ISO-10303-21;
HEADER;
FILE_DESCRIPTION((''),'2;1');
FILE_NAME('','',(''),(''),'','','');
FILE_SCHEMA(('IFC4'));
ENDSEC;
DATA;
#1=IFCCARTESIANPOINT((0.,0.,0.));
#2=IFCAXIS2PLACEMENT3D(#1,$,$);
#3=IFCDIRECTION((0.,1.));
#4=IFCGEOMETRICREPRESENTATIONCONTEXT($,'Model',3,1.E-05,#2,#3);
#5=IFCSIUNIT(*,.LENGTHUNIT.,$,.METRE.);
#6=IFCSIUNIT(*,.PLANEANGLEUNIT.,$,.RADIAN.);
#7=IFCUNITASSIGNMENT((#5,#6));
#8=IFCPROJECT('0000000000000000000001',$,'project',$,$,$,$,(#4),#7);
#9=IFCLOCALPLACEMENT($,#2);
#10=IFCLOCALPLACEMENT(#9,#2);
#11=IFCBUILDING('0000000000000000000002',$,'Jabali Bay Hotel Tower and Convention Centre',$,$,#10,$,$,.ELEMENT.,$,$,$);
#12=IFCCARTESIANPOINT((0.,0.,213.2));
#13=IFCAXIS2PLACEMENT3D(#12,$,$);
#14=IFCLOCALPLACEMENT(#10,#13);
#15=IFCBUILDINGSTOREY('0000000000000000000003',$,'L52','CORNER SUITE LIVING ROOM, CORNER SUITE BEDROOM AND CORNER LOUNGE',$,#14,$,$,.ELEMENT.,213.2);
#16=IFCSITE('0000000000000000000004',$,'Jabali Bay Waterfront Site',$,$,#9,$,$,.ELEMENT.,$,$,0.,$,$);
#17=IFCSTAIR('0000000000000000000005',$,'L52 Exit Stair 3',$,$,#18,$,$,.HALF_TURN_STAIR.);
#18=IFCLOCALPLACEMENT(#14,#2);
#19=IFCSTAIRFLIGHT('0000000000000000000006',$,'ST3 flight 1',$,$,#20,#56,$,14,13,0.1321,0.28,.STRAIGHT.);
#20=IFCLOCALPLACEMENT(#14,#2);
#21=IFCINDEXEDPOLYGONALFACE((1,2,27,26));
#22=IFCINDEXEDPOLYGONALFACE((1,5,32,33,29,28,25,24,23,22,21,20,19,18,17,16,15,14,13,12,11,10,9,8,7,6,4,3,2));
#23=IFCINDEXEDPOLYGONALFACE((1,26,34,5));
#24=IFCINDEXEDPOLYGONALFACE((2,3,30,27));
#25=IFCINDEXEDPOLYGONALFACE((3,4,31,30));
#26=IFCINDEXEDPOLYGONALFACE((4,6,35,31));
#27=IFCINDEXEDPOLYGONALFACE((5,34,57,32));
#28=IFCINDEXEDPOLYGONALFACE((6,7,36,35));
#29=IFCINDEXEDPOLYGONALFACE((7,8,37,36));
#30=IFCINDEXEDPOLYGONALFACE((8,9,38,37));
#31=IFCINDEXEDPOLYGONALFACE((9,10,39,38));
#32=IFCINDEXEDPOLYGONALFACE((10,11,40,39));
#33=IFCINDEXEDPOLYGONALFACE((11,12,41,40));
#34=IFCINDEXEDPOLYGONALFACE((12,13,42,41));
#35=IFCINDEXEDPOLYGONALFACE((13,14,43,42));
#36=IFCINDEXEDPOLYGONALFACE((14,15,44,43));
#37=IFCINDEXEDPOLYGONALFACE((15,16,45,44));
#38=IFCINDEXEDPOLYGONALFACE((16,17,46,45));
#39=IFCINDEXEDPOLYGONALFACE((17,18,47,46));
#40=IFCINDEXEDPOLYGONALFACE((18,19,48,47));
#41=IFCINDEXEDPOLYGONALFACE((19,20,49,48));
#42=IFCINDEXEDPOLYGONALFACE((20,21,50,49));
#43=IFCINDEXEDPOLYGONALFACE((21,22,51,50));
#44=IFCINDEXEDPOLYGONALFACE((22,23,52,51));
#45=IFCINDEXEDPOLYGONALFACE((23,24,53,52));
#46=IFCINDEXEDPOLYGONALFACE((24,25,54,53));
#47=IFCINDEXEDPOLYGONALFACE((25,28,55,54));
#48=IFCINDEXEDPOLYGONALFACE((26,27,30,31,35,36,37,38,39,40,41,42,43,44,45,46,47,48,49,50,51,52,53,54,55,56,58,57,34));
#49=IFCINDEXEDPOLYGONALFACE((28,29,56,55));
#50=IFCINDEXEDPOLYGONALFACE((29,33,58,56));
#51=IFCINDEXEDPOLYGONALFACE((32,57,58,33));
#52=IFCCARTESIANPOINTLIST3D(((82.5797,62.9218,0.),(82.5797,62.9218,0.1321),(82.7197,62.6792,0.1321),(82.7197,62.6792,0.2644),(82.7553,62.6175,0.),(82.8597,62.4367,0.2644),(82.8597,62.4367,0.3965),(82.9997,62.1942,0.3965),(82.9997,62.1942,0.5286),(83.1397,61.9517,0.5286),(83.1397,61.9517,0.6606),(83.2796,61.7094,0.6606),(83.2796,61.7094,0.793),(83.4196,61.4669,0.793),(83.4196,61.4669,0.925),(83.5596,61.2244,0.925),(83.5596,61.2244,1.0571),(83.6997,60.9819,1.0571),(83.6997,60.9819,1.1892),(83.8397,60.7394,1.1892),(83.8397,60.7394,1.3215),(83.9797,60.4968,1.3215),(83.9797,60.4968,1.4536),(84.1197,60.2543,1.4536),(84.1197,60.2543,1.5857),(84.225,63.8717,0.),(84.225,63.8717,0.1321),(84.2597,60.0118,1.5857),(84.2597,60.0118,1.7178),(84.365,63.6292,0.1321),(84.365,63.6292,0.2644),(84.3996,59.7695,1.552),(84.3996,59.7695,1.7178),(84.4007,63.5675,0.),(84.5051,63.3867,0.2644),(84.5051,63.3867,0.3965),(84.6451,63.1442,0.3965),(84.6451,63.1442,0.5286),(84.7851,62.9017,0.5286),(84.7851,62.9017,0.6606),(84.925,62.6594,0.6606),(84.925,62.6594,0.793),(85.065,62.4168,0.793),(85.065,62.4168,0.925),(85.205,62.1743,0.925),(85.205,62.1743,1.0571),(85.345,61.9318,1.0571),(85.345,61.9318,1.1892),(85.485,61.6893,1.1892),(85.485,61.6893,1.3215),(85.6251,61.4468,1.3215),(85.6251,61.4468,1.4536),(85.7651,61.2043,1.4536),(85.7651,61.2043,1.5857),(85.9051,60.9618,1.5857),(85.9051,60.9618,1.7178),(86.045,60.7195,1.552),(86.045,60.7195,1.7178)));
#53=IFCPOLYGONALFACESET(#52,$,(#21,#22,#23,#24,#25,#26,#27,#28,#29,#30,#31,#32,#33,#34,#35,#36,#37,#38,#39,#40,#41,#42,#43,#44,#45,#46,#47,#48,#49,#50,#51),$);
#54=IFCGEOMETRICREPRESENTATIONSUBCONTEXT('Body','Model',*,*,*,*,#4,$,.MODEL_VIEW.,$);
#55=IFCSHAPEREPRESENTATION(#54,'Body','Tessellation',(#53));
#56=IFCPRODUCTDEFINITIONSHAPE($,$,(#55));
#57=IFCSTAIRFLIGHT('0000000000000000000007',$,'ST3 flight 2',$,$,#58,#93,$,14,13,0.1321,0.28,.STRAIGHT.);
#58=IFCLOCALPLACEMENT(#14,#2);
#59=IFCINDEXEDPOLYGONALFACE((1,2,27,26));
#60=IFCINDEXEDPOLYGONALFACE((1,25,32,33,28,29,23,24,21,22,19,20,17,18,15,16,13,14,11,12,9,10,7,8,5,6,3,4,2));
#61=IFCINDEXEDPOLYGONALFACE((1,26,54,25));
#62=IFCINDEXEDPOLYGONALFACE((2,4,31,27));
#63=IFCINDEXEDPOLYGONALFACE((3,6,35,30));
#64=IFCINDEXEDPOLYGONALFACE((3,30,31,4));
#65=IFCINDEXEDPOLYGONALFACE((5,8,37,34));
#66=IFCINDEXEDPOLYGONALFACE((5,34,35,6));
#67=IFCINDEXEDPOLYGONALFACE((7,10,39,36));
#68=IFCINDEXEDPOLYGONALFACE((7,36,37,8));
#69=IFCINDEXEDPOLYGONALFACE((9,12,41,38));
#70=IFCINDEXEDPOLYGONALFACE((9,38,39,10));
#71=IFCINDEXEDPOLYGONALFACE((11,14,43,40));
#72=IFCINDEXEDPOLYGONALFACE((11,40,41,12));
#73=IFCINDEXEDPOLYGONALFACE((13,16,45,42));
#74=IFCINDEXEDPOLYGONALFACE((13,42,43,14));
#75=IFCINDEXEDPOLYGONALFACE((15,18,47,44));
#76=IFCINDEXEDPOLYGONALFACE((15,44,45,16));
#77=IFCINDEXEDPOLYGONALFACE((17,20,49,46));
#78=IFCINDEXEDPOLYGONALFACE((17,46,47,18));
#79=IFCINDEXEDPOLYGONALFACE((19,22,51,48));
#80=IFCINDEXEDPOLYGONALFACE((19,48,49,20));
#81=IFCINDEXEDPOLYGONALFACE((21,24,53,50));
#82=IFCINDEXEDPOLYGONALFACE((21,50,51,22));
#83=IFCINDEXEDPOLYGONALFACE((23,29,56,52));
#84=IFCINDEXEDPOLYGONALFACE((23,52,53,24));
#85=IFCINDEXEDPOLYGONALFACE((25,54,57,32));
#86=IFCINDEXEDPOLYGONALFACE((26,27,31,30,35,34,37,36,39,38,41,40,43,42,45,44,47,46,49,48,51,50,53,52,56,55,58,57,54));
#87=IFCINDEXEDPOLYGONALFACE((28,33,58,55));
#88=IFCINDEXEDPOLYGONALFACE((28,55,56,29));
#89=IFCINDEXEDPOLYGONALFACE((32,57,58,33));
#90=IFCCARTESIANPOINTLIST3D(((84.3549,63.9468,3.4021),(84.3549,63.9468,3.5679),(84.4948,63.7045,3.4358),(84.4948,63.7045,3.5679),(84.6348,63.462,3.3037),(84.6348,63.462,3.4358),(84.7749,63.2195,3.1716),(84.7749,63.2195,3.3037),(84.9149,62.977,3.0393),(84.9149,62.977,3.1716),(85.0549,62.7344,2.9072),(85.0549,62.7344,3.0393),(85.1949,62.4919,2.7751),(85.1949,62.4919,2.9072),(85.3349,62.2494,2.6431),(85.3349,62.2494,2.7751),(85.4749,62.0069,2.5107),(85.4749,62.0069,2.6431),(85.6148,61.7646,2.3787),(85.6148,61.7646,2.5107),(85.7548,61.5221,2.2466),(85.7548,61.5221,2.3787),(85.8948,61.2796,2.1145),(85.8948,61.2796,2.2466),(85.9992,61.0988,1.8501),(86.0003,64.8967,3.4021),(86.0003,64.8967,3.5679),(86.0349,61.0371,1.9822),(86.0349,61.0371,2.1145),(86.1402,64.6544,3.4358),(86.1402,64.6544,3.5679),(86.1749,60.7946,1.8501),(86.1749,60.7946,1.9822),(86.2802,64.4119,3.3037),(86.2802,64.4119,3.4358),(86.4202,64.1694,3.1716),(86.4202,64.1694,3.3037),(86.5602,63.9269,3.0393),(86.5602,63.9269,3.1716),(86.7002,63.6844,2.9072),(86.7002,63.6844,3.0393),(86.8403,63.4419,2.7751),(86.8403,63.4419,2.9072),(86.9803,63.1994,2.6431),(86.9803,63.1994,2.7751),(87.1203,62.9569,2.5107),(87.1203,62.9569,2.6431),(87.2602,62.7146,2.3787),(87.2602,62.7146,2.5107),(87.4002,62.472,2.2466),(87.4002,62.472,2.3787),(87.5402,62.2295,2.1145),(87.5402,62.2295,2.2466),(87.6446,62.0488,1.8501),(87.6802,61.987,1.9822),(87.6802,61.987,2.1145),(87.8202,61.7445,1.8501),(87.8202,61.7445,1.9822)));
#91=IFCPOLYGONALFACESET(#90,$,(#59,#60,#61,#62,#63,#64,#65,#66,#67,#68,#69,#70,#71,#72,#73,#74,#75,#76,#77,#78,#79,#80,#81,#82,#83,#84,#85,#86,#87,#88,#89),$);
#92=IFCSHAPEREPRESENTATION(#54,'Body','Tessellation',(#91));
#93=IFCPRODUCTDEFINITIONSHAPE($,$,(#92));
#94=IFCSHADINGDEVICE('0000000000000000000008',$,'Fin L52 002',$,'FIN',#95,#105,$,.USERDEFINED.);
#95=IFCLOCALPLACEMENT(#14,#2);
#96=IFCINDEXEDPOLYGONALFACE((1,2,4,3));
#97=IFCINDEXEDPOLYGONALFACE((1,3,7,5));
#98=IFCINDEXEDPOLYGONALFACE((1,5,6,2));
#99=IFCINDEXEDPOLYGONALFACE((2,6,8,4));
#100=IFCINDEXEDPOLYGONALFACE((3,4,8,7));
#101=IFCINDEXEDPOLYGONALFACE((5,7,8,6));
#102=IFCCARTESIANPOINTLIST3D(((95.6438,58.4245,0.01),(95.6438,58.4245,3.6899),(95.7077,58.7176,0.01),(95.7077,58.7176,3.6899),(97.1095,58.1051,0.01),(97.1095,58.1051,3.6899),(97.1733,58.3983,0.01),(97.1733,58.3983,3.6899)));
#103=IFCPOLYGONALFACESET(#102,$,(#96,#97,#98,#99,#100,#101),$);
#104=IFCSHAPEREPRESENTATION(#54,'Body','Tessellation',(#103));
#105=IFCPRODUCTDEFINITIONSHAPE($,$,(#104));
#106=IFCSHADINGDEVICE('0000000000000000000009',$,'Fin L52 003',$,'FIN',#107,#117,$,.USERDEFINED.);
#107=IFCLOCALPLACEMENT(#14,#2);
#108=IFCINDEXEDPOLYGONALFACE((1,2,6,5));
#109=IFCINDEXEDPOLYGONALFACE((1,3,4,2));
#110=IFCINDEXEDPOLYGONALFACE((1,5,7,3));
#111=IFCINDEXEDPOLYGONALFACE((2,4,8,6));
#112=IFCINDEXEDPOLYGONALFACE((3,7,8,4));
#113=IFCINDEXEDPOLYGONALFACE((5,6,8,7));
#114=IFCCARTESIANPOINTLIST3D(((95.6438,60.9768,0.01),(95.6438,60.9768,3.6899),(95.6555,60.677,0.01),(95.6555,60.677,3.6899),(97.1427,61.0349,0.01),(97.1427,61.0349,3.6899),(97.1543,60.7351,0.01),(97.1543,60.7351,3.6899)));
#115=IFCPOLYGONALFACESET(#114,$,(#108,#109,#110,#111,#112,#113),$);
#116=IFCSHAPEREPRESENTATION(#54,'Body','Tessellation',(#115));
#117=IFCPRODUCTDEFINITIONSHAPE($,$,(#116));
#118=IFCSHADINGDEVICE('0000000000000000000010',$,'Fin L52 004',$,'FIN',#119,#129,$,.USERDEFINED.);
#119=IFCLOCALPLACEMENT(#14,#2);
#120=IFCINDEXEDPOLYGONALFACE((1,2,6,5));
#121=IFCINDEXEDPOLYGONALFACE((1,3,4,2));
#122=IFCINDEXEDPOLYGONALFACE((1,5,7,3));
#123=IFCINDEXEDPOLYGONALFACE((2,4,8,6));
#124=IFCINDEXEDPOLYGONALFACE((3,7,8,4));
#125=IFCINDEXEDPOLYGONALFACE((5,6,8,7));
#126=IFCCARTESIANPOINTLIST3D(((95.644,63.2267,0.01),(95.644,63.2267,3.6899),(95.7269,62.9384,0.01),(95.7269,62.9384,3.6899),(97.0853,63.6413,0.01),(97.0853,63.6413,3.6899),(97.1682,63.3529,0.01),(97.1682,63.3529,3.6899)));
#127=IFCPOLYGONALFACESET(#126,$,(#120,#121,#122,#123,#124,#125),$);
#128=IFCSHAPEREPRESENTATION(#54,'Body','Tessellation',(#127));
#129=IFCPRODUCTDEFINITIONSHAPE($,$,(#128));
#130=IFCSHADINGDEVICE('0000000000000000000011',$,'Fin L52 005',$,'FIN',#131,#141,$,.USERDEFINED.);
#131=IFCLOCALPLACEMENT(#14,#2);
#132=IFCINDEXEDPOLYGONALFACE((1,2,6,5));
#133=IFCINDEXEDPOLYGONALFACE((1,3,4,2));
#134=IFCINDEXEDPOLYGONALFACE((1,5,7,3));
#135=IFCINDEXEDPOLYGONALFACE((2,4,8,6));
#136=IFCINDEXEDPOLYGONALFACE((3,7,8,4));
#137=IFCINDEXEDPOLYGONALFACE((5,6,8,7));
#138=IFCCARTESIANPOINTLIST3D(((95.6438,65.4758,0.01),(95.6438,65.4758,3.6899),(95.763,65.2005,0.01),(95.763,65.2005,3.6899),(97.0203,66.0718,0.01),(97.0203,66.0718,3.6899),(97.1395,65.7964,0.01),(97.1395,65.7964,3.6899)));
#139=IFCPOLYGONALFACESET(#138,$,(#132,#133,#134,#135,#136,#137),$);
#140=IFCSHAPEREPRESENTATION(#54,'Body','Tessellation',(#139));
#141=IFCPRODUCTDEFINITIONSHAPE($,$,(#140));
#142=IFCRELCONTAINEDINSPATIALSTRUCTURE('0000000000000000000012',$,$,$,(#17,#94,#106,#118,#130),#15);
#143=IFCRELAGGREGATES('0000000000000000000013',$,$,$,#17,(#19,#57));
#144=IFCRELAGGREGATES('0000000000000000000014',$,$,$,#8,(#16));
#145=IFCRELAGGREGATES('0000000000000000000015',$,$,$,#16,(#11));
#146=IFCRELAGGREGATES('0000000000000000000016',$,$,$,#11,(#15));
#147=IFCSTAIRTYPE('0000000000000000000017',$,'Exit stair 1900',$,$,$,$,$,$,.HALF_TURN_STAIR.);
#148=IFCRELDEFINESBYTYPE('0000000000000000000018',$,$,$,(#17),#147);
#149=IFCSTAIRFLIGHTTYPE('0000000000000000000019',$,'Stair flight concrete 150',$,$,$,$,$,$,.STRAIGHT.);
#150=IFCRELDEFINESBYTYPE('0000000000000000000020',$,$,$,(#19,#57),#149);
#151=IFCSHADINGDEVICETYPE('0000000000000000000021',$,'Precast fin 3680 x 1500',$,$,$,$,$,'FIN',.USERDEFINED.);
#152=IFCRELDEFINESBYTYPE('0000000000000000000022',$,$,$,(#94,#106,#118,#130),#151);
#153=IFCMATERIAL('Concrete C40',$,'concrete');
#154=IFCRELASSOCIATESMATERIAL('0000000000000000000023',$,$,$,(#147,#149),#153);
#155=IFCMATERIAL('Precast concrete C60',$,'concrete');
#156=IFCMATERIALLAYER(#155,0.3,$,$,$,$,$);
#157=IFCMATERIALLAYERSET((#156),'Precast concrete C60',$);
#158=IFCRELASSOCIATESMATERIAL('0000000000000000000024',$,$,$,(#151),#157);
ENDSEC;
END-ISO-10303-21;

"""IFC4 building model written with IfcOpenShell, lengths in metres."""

from ifc_helpers import new_model, si_unit, direction, frame, frame_2d, origin, place, context, subcontext, project, spatial, polyline, rectangle, outline, extrude, material, layer, layer_set, type_object, element, aggregate, save


model = new_model("IFC4")

# Units and contexts
model_context = context("Model", 3, precision=1e-05, world=origin(), true_north=direction((0.0, 1.0)))
body_context = subcontext(model_context, "Body", "Model", "MODEL_VIEW")
ifc_project = project(units=[si_unit("LENGTHUNIT", "METRE"), si_unit("PLANEANGLEUNIT", "RADIAN")], contexts=[model_context])

# Site, building, storey
site_placement = place(None, origin())
site = spatial("IfcSite", under=ifc_project, at=site_placement, Name="Jabali Bay Waterfront Site", CompositionType="ELEMENT", RefElevation=0.0)
building_placement = place(site_placement, origin())
building = spatial("IfcBuilding", under=site, at=building_placement, Name="Jabali Bay Hotel Tower and Convention Centre", CompositionType="ELEMENT")
storey_placement = place(building_placement, frame((0.0, 0.0, 213.2)))
storey = spatial("IfcBuildingStorey", under=building, at=storey_placement, Name="L52", Description="CORNER SUITE LIVING ROOM, CORNER SUITE BEDROOM AND CORNER LOUNGE", CompositionType="ELEMENT", Elevation=213.2)

# Shared definitions
ifc_material_1 = material(Name="Concrete C40", Category="concrete")

# Stair, stair flights
stair_type = type_object("IfcStairType", Name="Exit stair 1900", PredefinedType="HALF_TURN_STAIR", material=ifc_material_1)
stair_placement = place(storey_placement, origin())
stair = element("IfcStair", 1, at=stair_placement, inside=storey, type_object=stair_type, Name="L52 Exit Stair 3", PredefinedType="HALF_TURN_STAIR")
stair_flight_type = type_object("IfcStairFlightType", Name="Stair flight concrete 150", PredefinedType="STRAIGHT", material=ifc_material_1)
stair_flight_1_placement = place(storey_placement, frame((83.4023, 63.3967, 0.0), z_axis=(0.0, 0.0, 1.0), x_axis=(0.5, -0.866025, 0.0)))
stair_flight_1 = element("IfcStairFlight", 2, at=stair_flight_1_placement, type_object=stair_flight_type, Name="ST3 flight 1", NumberOfRisers=14, NumberOfTreads=13, PredefinedType="STRAIGHT", RiserHeight=0.1321, TreadLength=0.28, context=body_context, shape_type="SweptSolid", body=[
    extrude(outline(polyline([(0.0, 0.0), (0.0, 0.1321), (0.28, 0.1321), (0.28, 0.2644), (0.5601, 0.2644), (0.5601, 0.3965), (0.8401, 0.3965), (0.8401, 0.5286), (1.1201, 0.5286), (1.1201, 0.6606), (1.3999, 0.6606), (1.3999, 0.793), (1.6799, 0.793), (1.6799, 0.925), (1.96, 0.925), (1.96, 1.0571), (2.24, 1.0571), (2.24, 1.1892), (2.52, 1.1892), (2.52, 1.3215), (2.8, 1.3215), (2.8, 1.4536), (3.0801, 1.4536), (3.0801, 1.5857), (3.3601, 1.5857), (3.3601, 1.7178), (3.6399, 1.7178), (3.6399, 1.8501), (3.6399, 1.552), (0.3513, 0.0), (0.0, 0.0)])), frame((0.0, 0.95, 0.0), z_axis=(0.0, -1.0, 0.0), x_axis=(1.0, 0.0, 0.0)), (0.0, 0.0, 1.0), 1.8999),
])
stair_flight_2_placement = place(storey_placement, frame((86.9976, 61.2695, 1.8501), z_axis=(0.0, 0.0, 1.0), x_axis=(-0.5, 0.866025, 0.0)))
stair_flight_2 = element("IfcStairFlight", 3, at=stair_flight_2_placement, type_object=stair_flight_type, Name="ST3 flight 2", NumberOfRisers=14, NumberOfTreads=13, PredefinedType="STRAIGHT", RiserHeight=0.1321, TreadLength=0.28, context=body_context, shape_type="SweptSolid", body=[
    extrude(outline(polyline([(0.0, 0.0), (0.0, 0.1321), (0.28, 0.1321), (0.28, 0.2644), (0.5601, 0.2644), (0.5601, 0.3965), (0.8401, 0.3965), (0.8401, 0.5286), (1.1201, 0.5286), (1.1201, 0.6606), (1.3999, 0.6606), (1.3999, 0.793), (1.6799, 0.793), (1.6799, 0.925), (1.96, 0.925), (1.96, 1.0571), (2.24, 1.0571), (2.24, 1.1892), (2.52, 1.1892), (2.52, 1.3215), (2.8, 1.3215), (2.8, 1.4536), (3.0801, 1.4536), (3.0801, 1.5857), (3.3601, 1.5857), (3.3601, 1.7178), (3.6399, 1.7178), (3.6399, 1.8501), (3.6399, 1.552), (0.3513, 0.0), (0.0, 0.0)])), frame((0.0, 0.95, 0.0), z_axis=(0.0, -1.0, 0.0), x_axis=(1.0, 0.0, 0.0)), (0.0, 0.0, 1.0), 1.8999),
])
aggregate(stair, [stair_flight_1, stair_flight_2])

# Shading devices
ifc_material_2 = material(Name="Precast concrete C60", Category="concrete")
ifc_layer_1 = layer(ifc_material_2, 0.3)
ifc_layer_set_1 = layer_set([ifc_layer_1], Name="Precast concrete C60")
shading_device_type = type_object("IfcShadingDeviceType", Name="Precast fin 3680 x 1500", ElementType="FIN", PredefinedType="USERDEFINED", material=ifc_layer_set_1)
for number, where, z_axis, x_axis, name in (
    (4, (95.6758, 58.571, 0.01), (0.0, 0.0, 1.0), (0.977075, -0.212896, 0.0), "Fin L52 002"),
    (5, (95.6497, 60.8269, 0.01), (0.0, 0.0, 1.0), (0.999249, 0.038739, 0.0), "Fin L52 003"),
):
    element("IfcShadingDevice", number, at=place(storey_placement, frame(where, z_axis=z_axis, x_axis=x_axis)), inside=storey, type_object=shading_device_type, Name=name, ObjectType="FIN", PredefinedType="USERDEFINED", context=body_context, shape_type="SweptSolid", body=[
        extrude(rectangle(XDim=1.5, YDim=0.3, at=frame_2d((0.75, 0.0))), origin(), (0.0, 0.0, 1.0), 3.6799),
    ])
shading_device_1_placement = place(storey_placement, frame((95.6853, 63.0825, 0.01), z_axis=(0.0, 0.0, 1.0), x_axis=(0.961043, 0.276398, 0.0)))
element("IfcShadingDevice", 6, at=shading_device_1_placement, inside=storey, type_object=shading_device_type, Name="Fin L52 004", ObjectType="FIN", PredefinedType="USERDEFINED", context=body_context, shape_type="SweptSolid", body=[
    extrude(rectangle(XDim=1.4998, YDim=0.3, at=frame_2d((0.75, 0.0))), origin(), (0.0, 0.0, 1.0), 3.6799),
])
shading_device_2_placement = place(storey_placement, frame((95.7034, 65.3381, 0.01), z_axis=(0.0, 0.0, 1.0), x_axis=(0.917682, 0.397315, 0.0)))
element("IfcShadingDevice", 7, at=shading_device_2_placement, inside=storey, type_object=shading_device_type, Name="Fin L52 005", ObjectType="FIN", PredefinedType="USERDEFINED", context=body_context, shape_type="SweptSolid", body=[
    extrude(rectangle(XDim=1.5, YDim=0.3, at=frame_2d((0.75, 0.0))), origin(), (0.0, 0.0, 1.0), 3.6799),
])

save(model, "model.ifc")
